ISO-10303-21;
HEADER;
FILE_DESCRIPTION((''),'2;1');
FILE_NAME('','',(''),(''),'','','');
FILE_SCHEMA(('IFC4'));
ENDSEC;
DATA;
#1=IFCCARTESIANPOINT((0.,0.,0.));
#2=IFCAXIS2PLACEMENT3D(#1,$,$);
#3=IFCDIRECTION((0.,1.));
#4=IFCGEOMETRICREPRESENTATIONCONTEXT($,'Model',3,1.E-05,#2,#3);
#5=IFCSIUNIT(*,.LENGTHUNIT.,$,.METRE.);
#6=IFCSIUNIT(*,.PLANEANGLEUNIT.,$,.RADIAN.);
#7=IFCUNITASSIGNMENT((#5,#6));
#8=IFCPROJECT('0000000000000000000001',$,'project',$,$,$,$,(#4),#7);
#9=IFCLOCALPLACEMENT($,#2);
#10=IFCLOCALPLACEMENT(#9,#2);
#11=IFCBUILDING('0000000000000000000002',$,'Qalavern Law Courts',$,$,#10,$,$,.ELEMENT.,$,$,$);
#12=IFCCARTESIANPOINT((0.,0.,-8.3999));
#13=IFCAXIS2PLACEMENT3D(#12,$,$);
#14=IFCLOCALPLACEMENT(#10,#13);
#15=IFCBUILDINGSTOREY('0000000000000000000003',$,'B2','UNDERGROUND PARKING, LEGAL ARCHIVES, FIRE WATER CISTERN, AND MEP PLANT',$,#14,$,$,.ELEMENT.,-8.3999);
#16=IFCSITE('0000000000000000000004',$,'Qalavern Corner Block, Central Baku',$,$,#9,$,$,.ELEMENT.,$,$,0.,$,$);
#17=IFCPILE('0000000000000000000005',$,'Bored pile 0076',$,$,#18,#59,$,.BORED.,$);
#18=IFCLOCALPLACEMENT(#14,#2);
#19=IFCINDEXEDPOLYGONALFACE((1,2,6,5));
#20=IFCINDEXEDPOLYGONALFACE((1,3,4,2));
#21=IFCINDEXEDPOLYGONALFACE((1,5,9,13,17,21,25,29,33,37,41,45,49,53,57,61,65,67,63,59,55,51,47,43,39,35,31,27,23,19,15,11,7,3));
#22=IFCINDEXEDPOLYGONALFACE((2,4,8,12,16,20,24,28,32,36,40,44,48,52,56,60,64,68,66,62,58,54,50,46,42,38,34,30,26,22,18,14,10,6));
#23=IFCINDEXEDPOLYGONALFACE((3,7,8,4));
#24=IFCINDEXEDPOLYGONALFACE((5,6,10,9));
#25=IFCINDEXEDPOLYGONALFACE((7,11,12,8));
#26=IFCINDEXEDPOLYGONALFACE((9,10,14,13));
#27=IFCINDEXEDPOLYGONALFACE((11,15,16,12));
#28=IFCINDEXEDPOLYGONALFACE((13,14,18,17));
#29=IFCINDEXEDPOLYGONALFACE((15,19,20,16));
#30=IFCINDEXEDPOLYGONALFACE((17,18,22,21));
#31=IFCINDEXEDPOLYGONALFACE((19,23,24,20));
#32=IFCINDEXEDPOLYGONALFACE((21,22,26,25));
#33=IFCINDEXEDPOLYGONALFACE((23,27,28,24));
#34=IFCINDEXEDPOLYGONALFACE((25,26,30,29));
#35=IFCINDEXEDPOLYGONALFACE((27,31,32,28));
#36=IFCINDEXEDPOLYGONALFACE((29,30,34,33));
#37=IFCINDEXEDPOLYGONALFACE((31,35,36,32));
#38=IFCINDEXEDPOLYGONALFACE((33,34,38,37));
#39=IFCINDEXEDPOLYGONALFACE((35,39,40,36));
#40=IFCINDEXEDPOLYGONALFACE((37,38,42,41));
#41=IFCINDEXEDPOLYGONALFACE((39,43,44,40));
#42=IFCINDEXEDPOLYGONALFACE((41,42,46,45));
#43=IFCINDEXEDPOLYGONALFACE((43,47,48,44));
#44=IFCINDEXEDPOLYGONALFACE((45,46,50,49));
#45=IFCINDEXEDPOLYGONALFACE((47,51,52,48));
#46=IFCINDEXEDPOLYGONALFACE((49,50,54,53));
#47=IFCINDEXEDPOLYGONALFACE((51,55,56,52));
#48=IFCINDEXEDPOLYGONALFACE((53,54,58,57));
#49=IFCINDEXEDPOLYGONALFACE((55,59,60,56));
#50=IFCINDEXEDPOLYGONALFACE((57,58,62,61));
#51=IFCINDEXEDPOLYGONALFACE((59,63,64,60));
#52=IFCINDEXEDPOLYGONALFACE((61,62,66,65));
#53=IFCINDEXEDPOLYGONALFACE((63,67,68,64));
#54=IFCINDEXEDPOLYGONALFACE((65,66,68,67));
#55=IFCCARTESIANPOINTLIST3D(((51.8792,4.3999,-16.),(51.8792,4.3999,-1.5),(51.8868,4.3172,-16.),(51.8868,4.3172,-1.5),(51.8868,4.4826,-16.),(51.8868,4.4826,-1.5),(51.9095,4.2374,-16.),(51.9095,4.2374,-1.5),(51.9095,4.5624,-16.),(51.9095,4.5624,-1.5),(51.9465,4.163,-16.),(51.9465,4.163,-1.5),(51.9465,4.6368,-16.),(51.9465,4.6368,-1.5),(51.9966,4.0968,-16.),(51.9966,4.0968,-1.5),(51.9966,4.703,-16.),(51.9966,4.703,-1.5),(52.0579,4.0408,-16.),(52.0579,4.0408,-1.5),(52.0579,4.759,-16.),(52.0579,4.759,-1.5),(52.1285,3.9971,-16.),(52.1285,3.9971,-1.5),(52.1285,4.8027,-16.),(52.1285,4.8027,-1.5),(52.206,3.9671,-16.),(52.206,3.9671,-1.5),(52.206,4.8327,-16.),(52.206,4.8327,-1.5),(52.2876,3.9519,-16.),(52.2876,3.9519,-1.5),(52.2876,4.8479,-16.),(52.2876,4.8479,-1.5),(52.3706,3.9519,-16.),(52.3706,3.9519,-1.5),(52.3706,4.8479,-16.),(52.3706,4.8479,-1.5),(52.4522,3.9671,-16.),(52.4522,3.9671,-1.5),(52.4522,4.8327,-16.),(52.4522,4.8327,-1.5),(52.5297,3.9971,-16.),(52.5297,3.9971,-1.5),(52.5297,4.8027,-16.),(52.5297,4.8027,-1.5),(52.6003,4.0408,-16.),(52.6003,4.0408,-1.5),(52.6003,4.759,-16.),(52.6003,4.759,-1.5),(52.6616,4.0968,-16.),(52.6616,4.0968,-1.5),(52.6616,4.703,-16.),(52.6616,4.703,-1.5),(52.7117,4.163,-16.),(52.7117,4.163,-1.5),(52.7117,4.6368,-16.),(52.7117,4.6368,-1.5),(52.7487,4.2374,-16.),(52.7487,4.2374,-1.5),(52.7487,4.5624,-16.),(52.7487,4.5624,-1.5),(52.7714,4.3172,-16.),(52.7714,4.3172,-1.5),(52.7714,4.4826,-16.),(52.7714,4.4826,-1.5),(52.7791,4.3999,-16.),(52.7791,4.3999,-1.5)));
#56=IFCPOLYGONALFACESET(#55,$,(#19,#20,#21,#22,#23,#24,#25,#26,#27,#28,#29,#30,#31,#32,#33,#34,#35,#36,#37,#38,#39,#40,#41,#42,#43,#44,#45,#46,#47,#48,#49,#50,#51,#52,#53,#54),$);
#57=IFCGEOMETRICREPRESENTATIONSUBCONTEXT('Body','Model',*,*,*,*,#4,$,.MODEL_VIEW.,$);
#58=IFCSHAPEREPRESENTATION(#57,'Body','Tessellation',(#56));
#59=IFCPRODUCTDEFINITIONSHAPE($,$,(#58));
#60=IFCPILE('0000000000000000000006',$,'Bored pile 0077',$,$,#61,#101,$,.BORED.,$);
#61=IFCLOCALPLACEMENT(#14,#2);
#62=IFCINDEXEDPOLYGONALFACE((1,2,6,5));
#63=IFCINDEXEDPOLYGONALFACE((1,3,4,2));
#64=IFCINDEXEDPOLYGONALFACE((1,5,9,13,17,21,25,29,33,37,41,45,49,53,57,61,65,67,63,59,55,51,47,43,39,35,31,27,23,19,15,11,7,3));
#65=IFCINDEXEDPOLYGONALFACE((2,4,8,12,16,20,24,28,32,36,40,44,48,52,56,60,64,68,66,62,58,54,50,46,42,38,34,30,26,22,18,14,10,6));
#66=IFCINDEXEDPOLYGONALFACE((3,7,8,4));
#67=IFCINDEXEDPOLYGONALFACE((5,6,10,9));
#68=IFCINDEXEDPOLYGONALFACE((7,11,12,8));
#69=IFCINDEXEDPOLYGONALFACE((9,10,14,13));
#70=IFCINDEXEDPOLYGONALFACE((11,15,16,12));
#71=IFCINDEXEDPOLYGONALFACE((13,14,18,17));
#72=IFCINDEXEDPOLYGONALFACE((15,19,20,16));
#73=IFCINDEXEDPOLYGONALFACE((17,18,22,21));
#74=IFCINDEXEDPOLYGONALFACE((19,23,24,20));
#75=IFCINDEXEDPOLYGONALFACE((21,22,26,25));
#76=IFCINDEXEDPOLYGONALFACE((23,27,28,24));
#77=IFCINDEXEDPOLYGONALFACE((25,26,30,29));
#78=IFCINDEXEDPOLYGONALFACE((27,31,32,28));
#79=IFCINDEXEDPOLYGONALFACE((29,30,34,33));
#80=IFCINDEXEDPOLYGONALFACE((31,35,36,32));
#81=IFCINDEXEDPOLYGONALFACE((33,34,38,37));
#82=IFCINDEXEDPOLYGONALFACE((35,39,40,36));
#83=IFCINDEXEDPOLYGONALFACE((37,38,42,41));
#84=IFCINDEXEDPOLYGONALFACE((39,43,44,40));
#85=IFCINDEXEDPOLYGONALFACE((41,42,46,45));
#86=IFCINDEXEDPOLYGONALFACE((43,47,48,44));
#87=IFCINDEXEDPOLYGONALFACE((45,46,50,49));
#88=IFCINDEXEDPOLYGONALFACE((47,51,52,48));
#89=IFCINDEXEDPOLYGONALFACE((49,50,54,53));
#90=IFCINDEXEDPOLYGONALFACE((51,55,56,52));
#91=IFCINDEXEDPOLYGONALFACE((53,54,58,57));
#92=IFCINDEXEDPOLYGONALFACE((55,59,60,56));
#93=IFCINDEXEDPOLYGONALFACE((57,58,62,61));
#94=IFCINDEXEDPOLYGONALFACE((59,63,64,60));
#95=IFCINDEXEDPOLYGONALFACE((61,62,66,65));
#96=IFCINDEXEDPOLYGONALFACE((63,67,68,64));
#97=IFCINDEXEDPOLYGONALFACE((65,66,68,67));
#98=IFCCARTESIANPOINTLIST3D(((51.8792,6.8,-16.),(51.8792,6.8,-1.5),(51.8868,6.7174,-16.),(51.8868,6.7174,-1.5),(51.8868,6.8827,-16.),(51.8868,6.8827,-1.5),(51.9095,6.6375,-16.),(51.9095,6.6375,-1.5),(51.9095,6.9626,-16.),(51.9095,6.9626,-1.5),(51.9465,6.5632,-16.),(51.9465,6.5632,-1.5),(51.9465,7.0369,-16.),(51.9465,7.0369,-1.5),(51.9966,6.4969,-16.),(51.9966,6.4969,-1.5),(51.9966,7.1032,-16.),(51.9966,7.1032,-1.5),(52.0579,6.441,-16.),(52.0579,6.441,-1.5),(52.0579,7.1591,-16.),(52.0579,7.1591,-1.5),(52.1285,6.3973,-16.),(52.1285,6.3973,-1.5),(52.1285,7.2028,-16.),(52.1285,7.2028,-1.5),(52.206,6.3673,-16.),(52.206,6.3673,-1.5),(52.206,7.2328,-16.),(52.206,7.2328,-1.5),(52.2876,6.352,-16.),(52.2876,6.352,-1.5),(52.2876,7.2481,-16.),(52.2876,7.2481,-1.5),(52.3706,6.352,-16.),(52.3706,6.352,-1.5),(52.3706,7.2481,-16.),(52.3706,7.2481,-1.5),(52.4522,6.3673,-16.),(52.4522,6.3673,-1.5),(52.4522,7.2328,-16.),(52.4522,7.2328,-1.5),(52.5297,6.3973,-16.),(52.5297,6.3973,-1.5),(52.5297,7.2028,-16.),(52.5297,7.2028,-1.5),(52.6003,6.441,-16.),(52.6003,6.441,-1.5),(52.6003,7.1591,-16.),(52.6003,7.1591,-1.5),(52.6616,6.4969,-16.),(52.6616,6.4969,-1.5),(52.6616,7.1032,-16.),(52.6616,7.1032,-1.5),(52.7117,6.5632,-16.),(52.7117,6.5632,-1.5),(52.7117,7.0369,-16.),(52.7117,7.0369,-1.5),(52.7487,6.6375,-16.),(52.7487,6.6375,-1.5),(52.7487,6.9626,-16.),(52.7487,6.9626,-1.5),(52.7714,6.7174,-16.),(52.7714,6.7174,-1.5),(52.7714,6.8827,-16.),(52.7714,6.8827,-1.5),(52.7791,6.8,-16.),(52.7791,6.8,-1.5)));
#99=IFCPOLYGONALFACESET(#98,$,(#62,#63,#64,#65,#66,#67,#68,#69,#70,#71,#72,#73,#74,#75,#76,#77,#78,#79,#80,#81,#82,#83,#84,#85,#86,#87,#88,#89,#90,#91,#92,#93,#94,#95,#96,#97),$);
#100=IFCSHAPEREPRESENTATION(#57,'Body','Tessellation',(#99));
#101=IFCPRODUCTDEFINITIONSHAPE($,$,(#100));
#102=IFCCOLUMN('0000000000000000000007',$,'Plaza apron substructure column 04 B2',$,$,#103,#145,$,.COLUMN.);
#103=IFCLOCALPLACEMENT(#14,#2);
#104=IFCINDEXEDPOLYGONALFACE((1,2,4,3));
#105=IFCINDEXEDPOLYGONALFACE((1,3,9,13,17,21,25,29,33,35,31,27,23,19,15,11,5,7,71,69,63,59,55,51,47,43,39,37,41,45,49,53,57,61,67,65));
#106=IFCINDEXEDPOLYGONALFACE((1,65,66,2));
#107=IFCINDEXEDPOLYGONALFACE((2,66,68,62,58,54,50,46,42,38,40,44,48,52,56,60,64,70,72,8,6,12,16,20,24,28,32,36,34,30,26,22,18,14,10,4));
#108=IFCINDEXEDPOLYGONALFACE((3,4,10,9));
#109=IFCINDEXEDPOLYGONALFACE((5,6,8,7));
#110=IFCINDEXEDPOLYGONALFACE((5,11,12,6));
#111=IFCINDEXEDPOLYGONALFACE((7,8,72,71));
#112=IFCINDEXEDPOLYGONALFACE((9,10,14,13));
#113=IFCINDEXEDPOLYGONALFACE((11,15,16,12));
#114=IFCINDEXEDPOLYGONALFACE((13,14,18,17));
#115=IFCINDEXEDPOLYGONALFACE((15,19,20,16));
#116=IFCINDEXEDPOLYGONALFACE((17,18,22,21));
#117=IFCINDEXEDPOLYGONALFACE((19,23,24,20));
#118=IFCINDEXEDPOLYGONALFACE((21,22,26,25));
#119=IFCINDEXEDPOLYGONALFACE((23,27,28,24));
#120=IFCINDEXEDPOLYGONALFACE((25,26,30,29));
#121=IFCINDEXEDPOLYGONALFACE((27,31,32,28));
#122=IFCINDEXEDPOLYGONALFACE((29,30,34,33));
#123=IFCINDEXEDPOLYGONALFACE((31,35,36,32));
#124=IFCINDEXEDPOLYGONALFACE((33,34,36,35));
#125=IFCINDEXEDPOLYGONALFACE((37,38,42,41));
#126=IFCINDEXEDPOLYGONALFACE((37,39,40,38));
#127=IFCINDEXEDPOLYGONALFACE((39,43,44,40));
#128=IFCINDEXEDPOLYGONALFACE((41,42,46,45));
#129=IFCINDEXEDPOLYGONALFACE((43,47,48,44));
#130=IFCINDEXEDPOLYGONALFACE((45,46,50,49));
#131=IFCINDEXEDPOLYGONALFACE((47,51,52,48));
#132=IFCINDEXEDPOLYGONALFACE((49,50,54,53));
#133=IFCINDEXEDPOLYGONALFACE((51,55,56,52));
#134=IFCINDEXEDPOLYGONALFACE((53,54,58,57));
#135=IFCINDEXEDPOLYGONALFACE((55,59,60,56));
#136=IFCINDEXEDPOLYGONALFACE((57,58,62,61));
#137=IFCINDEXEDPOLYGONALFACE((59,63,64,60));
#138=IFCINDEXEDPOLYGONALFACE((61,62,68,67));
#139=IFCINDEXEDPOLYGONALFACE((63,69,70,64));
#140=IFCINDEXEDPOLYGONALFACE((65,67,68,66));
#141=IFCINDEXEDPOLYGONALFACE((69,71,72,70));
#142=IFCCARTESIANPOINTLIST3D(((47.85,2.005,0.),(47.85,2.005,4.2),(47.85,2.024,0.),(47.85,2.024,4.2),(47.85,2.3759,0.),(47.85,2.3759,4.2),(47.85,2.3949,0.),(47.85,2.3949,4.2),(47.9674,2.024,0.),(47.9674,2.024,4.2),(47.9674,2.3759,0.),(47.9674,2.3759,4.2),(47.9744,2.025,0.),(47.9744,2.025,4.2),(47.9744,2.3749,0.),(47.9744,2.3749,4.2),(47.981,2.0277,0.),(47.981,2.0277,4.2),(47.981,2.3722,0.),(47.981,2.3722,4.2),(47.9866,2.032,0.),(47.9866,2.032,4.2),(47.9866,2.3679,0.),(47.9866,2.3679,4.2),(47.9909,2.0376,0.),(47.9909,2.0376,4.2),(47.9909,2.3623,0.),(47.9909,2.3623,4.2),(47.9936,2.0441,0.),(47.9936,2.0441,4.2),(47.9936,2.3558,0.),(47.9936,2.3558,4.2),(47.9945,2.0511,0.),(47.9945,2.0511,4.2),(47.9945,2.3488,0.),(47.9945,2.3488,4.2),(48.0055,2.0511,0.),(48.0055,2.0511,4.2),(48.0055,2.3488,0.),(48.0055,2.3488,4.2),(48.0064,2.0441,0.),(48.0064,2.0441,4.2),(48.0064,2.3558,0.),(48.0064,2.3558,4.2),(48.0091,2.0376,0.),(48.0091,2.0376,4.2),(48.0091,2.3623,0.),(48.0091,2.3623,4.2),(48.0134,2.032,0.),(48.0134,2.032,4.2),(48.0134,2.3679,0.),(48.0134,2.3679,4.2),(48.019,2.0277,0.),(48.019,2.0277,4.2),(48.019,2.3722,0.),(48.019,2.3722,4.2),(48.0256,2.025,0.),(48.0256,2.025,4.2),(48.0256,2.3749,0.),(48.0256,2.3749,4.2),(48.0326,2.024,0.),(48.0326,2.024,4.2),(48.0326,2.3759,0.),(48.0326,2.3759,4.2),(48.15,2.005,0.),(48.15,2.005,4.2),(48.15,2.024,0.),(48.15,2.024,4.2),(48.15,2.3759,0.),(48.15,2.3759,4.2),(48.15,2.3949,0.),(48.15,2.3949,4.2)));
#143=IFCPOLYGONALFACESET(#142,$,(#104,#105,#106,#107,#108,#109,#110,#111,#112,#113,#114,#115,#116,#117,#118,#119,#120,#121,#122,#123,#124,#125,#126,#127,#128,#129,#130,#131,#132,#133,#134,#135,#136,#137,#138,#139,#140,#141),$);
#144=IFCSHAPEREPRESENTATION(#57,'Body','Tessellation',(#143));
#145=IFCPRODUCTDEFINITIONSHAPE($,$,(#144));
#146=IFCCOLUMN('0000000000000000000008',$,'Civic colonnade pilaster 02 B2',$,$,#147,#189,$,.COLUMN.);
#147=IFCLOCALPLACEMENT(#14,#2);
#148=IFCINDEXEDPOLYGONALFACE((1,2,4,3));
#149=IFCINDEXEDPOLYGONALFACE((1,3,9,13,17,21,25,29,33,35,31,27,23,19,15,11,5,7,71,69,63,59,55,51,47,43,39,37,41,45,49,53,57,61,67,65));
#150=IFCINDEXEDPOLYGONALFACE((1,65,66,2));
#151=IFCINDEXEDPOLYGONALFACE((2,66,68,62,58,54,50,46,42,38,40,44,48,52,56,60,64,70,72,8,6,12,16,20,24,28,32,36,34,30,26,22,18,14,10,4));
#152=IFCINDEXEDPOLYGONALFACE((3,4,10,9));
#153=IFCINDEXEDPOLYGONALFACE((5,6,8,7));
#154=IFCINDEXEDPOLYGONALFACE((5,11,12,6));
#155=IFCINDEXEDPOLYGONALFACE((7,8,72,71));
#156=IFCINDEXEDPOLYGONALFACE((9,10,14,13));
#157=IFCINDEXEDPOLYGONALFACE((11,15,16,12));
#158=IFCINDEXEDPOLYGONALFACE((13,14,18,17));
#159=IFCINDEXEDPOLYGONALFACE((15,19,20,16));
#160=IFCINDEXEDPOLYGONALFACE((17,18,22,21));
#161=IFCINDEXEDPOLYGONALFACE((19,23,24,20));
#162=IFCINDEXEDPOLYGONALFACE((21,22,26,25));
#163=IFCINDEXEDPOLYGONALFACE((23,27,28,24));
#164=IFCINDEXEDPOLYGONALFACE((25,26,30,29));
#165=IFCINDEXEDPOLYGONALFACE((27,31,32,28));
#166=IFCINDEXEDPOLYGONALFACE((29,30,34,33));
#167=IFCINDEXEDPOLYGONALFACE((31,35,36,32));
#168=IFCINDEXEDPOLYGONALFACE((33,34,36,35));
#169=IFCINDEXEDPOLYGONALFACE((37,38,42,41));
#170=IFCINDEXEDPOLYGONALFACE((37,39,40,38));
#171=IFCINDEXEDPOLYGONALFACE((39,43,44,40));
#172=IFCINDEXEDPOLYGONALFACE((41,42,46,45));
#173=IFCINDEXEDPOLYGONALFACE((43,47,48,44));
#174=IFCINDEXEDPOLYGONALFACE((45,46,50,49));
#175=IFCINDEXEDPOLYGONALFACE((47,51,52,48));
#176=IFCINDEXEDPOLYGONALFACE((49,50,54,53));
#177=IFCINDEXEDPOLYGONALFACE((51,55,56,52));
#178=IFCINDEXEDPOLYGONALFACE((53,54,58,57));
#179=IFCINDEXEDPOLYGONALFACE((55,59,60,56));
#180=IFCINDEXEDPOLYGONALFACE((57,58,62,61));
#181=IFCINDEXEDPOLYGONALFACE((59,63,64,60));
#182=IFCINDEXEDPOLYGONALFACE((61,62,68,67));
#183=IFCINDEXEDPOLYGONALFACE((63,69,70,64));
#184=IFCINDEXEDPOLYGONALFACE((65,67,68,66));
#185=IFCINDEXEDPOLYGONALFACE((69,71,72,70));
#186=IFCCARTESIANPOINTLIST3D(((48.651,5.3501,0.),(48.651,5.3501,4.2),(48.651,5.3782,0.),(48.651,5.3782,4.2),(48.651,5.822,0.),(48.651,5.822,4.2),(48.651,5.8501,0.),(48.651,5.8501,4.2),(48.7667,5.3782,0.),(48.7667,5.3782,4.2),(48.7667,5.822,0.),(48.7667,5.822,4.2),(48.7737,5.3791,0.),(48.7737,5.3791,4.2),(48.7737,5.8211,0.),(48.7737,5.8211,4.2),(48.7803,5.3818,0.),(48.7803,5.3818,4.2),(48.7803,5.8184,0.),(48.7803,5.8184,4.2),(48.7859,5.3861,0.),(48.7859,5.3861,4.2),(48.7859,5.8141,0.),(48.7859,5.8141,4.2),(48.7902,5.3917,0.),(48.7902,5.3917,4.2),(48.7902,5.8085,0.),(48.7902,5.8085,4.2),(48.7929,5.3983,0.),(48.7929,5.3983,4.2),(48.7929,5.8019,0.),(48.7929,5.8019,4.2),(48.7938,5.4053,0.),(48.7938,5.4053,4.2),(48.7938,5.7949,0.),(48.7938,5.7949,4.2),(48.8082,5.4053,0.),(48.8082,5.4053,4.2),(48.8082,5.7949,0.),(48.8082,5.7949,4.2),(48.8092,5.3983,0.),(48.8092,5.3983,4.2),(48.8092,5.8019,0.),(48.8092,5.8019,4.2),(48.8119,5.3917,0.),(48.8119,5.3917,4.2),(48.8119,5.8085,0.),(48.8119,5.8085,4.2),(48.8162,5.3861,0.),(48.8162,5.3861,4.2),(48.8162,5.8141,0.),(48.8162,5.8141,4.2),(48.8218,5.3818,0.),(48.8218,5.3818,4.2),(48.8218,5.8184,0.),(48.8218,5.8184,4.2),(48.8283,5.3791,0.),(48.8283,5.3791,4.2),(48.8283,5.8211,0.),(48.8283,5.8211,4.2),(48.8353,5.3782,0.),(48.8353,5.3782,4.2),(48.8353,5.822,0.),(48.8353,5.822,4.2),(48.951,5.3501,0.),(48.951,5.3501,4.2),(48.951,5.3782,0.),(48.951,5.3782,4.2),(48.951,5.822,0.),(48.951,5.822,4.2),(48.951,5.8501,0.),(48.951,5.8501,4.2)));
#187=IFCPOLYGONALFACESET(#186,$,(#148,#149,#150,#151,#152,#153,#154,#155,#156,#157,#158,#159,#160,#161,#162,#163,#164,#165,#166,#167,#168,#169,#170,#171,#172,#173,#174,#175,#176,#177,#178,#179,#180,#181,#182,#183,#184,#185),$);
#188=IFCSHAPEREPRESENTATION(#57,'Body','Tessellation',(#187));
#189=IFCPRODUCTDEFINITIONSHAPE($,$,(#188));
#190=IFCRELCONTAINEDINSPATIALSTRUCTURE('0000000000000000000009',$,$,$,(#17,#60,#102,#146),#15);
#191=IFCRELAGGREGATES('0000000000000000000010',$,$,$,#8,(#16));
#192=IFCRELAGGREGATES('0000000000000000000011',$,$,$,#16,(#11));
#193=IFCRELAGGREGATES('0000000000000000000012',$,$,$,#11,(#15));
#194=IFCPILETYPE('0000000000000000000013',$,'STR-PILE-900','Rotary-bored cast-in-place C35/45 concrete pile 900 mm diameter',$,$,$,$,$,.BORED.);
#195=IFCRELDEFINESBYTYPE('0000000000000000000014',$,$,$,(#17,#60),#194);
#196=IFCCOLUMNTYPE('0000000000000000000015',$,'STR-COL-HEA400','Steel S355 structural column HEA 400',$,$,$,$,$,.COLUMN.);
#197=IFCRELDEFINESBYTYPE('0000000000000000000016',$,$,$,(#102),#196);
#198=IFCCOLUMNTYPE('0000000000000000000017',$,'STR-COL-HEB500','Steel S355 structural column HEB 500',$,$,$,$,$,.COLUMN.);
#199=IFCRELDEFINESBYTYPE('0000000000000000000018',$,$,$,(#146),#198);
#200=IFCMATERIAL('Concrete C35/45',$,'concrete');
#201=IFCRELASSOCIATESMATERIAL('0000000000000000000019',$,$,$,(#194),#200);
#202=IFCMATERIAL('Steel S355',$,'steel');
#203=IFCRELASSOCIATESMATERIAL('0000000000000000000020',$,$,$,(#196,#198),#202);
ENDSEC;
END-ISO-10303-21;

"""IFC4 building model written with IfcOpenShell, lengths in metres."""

from ifc_helpers import new_model, si_unit, direction, frame, origin, origin_2d, place, context, subcontext, project, spatial, circle, i_section, extrude, material, material_profile, profile_set, type_object, element, save


model = new_model("IFC4")

# Units and contexts
model_context = context("Model", 3, precision=1e-05, world=origin(), true_north=direction((0.0, 1.0)))
body_context = subcontext(model_context, "Body", "Model", "MODEL_VIEW")
ifc_project = project(units=[si_unit("LENGTHUNIT", "METRE"), si_unit("PLANEANGLEUNIT", "RADIAN")], contexts=[model_context])

# Site, building, storey
site_placement = place(None, origin())
site = spatial("IfcSite", under=ifc_project, at=site_placement, Name="Qalavern Corner Block, Central Baku", CompositionType="ELEMENT", RefElevation=0.0)
building_placement = place(site_placement, origin())
building = spatial("IfcBuilding", under=site, at=building_placement, Name="Qalavern Law Courts", CompositionType="ELEMENT")
storey_placement = place(building_placement, frame((0.0, 0.0, -8.3999)))
storey = spatial("IfcBuildingStorey", under=building, at=storey_placement, Name="B2", Description="UNDERGROUND PARKING, LEGAL ARCHIVES, FIRE WATER CISTERN, AND MEP PLANT", CompositionType="ELEMENT", Elevation=-8.3999)

# Piles
ifc_material_1 = material(Name="Concrete C35/45", Category="concrete")
ifc_material_profile_1 = material_profile(ifc_material_1, circle(Radius=0.45, at=origin_2d()), Name="BORED PILE 900")
ifc_profile_set_1 = profile_set([ifc_material_profile_1], Name="Concrete C35/45")
pile_type_1 = type_object("IfcPileType", Name="STR-PILE-900", Description="Rotary-bored cast-in-place C35/45 concrete pile 900 mm diameter", PredefinedType="BORED", material=ifc_profile_set_1)
for number, where, z_axis, x_axis, name in (
    (1, (52.3291, 4.3999, -1.5), (0.0, 0.0, -1.0), (1.0, 0.0, 0.0), "Bored pile 0076"),
    (2, (52.3291, 6.8, -1.5), (0.0, 0.0, -1.0), (1.0, 0.0, 0.0), "Bored pile 0077"),
):
    element("IfcPile", number, at=place(storey_placement, frame(where, z_axis=z_axis, x_axis=x_axis)), inside=storey, type_object=pile_type_1, Name=name, PredefinedType="BORED", context=body_context, shape_type="SweptSolid", body=[
        extrude(circle(Radius=0.45, at=origin_2d()), origin(), (0.0, 0.0, 1.0), 14.5),
    ])

# Columns
ifc_material_2 = material(Name="Steel S355", Category="steel")
ifc_material_profile_2 = material_profile(ifc_material_2, i_section(OverallWidth=0.3, OverallDepth=0.3899, WebThickness=0.011, FlangeThickness=0.019, FilletRadius=0.0271, at=origin_2d()), Name="HEA 400")
ifc_profile_set_2 = profile_set([ifc_material_profile_2], Name="Steel S355")
column_type_1 = type_object("IfcColumnType", Name="STR-COL-HEA400", Description="Steel S355 structural column HEA 400", PredefinedType="COLUMN", material=ifc_profile_set_2)
column_1_placement = place(storey_placement, frame((48.0, 2.2, 0.0), z_axis=(0.0, 0.0, 1.0), x_axis=(1.0, 0.0, 0.0)))
element("IfcColumn", 3, at=column_1_placement, inside=storey, type_object=column_type_1, Name="Plaza apron substructure column 04 B2", PredefinedType="COLUMN", context=body_context, shape_type="SweptSolid", body=[
    extrude(i_section(OverallWidth=0.3, OverallDepth=0.3899, WebThickness=0.011, FlangeThickness=0.019, FilletRadius=0.0271, at=origin_2d()), origin(), (0.0, 0.0, 1.0), 4.2),
])
ifc_material_profile_3 = material_profile(ifc_material_2, i_section(OverallWidth=0.3, OverallDepth=0.5, WebThickness=0.0144, FlangeThickness=0.0281, FilletRadius=0.0271, at=origin_2d()), Name="HEB 500")
ifc_profile_set_3 = profile_set([ifc_material_profile_3], Name="Steel S355")
column_type_2 = type_object("IfcColumnType", Name="STR-COL-HEB500", Description="Steel S355 structural column HEB 500", PredefinedType="COLUMN", material=ifc_profile_set_3)
column_2_placement = place(storey_placement, frame((48.801, 5.6001, 0.0), z_axis=(0.0, 0.0, 1.0), x_axis=(1.0, 0.0, 0.0)))
element("IfcColumn", 4, at=column_2_placement, inside=storey, type_object=column_type_2, Name="Civic colonnade pilaster 02 B2", PredefinedType="COLUMN", context=body_context, shape_type="SweptSolid", body=[
    extrude(i_section(OverallWidth=0.3, OverallDepth=0.5, WebThickness=0.0144, FlangeThickness=0.0281, FilletRadius=0.0271, at=origin_2d()), origin(), (0.0, 0.0, 1.0), 4.2),
])

save(model, "model.ifc")
